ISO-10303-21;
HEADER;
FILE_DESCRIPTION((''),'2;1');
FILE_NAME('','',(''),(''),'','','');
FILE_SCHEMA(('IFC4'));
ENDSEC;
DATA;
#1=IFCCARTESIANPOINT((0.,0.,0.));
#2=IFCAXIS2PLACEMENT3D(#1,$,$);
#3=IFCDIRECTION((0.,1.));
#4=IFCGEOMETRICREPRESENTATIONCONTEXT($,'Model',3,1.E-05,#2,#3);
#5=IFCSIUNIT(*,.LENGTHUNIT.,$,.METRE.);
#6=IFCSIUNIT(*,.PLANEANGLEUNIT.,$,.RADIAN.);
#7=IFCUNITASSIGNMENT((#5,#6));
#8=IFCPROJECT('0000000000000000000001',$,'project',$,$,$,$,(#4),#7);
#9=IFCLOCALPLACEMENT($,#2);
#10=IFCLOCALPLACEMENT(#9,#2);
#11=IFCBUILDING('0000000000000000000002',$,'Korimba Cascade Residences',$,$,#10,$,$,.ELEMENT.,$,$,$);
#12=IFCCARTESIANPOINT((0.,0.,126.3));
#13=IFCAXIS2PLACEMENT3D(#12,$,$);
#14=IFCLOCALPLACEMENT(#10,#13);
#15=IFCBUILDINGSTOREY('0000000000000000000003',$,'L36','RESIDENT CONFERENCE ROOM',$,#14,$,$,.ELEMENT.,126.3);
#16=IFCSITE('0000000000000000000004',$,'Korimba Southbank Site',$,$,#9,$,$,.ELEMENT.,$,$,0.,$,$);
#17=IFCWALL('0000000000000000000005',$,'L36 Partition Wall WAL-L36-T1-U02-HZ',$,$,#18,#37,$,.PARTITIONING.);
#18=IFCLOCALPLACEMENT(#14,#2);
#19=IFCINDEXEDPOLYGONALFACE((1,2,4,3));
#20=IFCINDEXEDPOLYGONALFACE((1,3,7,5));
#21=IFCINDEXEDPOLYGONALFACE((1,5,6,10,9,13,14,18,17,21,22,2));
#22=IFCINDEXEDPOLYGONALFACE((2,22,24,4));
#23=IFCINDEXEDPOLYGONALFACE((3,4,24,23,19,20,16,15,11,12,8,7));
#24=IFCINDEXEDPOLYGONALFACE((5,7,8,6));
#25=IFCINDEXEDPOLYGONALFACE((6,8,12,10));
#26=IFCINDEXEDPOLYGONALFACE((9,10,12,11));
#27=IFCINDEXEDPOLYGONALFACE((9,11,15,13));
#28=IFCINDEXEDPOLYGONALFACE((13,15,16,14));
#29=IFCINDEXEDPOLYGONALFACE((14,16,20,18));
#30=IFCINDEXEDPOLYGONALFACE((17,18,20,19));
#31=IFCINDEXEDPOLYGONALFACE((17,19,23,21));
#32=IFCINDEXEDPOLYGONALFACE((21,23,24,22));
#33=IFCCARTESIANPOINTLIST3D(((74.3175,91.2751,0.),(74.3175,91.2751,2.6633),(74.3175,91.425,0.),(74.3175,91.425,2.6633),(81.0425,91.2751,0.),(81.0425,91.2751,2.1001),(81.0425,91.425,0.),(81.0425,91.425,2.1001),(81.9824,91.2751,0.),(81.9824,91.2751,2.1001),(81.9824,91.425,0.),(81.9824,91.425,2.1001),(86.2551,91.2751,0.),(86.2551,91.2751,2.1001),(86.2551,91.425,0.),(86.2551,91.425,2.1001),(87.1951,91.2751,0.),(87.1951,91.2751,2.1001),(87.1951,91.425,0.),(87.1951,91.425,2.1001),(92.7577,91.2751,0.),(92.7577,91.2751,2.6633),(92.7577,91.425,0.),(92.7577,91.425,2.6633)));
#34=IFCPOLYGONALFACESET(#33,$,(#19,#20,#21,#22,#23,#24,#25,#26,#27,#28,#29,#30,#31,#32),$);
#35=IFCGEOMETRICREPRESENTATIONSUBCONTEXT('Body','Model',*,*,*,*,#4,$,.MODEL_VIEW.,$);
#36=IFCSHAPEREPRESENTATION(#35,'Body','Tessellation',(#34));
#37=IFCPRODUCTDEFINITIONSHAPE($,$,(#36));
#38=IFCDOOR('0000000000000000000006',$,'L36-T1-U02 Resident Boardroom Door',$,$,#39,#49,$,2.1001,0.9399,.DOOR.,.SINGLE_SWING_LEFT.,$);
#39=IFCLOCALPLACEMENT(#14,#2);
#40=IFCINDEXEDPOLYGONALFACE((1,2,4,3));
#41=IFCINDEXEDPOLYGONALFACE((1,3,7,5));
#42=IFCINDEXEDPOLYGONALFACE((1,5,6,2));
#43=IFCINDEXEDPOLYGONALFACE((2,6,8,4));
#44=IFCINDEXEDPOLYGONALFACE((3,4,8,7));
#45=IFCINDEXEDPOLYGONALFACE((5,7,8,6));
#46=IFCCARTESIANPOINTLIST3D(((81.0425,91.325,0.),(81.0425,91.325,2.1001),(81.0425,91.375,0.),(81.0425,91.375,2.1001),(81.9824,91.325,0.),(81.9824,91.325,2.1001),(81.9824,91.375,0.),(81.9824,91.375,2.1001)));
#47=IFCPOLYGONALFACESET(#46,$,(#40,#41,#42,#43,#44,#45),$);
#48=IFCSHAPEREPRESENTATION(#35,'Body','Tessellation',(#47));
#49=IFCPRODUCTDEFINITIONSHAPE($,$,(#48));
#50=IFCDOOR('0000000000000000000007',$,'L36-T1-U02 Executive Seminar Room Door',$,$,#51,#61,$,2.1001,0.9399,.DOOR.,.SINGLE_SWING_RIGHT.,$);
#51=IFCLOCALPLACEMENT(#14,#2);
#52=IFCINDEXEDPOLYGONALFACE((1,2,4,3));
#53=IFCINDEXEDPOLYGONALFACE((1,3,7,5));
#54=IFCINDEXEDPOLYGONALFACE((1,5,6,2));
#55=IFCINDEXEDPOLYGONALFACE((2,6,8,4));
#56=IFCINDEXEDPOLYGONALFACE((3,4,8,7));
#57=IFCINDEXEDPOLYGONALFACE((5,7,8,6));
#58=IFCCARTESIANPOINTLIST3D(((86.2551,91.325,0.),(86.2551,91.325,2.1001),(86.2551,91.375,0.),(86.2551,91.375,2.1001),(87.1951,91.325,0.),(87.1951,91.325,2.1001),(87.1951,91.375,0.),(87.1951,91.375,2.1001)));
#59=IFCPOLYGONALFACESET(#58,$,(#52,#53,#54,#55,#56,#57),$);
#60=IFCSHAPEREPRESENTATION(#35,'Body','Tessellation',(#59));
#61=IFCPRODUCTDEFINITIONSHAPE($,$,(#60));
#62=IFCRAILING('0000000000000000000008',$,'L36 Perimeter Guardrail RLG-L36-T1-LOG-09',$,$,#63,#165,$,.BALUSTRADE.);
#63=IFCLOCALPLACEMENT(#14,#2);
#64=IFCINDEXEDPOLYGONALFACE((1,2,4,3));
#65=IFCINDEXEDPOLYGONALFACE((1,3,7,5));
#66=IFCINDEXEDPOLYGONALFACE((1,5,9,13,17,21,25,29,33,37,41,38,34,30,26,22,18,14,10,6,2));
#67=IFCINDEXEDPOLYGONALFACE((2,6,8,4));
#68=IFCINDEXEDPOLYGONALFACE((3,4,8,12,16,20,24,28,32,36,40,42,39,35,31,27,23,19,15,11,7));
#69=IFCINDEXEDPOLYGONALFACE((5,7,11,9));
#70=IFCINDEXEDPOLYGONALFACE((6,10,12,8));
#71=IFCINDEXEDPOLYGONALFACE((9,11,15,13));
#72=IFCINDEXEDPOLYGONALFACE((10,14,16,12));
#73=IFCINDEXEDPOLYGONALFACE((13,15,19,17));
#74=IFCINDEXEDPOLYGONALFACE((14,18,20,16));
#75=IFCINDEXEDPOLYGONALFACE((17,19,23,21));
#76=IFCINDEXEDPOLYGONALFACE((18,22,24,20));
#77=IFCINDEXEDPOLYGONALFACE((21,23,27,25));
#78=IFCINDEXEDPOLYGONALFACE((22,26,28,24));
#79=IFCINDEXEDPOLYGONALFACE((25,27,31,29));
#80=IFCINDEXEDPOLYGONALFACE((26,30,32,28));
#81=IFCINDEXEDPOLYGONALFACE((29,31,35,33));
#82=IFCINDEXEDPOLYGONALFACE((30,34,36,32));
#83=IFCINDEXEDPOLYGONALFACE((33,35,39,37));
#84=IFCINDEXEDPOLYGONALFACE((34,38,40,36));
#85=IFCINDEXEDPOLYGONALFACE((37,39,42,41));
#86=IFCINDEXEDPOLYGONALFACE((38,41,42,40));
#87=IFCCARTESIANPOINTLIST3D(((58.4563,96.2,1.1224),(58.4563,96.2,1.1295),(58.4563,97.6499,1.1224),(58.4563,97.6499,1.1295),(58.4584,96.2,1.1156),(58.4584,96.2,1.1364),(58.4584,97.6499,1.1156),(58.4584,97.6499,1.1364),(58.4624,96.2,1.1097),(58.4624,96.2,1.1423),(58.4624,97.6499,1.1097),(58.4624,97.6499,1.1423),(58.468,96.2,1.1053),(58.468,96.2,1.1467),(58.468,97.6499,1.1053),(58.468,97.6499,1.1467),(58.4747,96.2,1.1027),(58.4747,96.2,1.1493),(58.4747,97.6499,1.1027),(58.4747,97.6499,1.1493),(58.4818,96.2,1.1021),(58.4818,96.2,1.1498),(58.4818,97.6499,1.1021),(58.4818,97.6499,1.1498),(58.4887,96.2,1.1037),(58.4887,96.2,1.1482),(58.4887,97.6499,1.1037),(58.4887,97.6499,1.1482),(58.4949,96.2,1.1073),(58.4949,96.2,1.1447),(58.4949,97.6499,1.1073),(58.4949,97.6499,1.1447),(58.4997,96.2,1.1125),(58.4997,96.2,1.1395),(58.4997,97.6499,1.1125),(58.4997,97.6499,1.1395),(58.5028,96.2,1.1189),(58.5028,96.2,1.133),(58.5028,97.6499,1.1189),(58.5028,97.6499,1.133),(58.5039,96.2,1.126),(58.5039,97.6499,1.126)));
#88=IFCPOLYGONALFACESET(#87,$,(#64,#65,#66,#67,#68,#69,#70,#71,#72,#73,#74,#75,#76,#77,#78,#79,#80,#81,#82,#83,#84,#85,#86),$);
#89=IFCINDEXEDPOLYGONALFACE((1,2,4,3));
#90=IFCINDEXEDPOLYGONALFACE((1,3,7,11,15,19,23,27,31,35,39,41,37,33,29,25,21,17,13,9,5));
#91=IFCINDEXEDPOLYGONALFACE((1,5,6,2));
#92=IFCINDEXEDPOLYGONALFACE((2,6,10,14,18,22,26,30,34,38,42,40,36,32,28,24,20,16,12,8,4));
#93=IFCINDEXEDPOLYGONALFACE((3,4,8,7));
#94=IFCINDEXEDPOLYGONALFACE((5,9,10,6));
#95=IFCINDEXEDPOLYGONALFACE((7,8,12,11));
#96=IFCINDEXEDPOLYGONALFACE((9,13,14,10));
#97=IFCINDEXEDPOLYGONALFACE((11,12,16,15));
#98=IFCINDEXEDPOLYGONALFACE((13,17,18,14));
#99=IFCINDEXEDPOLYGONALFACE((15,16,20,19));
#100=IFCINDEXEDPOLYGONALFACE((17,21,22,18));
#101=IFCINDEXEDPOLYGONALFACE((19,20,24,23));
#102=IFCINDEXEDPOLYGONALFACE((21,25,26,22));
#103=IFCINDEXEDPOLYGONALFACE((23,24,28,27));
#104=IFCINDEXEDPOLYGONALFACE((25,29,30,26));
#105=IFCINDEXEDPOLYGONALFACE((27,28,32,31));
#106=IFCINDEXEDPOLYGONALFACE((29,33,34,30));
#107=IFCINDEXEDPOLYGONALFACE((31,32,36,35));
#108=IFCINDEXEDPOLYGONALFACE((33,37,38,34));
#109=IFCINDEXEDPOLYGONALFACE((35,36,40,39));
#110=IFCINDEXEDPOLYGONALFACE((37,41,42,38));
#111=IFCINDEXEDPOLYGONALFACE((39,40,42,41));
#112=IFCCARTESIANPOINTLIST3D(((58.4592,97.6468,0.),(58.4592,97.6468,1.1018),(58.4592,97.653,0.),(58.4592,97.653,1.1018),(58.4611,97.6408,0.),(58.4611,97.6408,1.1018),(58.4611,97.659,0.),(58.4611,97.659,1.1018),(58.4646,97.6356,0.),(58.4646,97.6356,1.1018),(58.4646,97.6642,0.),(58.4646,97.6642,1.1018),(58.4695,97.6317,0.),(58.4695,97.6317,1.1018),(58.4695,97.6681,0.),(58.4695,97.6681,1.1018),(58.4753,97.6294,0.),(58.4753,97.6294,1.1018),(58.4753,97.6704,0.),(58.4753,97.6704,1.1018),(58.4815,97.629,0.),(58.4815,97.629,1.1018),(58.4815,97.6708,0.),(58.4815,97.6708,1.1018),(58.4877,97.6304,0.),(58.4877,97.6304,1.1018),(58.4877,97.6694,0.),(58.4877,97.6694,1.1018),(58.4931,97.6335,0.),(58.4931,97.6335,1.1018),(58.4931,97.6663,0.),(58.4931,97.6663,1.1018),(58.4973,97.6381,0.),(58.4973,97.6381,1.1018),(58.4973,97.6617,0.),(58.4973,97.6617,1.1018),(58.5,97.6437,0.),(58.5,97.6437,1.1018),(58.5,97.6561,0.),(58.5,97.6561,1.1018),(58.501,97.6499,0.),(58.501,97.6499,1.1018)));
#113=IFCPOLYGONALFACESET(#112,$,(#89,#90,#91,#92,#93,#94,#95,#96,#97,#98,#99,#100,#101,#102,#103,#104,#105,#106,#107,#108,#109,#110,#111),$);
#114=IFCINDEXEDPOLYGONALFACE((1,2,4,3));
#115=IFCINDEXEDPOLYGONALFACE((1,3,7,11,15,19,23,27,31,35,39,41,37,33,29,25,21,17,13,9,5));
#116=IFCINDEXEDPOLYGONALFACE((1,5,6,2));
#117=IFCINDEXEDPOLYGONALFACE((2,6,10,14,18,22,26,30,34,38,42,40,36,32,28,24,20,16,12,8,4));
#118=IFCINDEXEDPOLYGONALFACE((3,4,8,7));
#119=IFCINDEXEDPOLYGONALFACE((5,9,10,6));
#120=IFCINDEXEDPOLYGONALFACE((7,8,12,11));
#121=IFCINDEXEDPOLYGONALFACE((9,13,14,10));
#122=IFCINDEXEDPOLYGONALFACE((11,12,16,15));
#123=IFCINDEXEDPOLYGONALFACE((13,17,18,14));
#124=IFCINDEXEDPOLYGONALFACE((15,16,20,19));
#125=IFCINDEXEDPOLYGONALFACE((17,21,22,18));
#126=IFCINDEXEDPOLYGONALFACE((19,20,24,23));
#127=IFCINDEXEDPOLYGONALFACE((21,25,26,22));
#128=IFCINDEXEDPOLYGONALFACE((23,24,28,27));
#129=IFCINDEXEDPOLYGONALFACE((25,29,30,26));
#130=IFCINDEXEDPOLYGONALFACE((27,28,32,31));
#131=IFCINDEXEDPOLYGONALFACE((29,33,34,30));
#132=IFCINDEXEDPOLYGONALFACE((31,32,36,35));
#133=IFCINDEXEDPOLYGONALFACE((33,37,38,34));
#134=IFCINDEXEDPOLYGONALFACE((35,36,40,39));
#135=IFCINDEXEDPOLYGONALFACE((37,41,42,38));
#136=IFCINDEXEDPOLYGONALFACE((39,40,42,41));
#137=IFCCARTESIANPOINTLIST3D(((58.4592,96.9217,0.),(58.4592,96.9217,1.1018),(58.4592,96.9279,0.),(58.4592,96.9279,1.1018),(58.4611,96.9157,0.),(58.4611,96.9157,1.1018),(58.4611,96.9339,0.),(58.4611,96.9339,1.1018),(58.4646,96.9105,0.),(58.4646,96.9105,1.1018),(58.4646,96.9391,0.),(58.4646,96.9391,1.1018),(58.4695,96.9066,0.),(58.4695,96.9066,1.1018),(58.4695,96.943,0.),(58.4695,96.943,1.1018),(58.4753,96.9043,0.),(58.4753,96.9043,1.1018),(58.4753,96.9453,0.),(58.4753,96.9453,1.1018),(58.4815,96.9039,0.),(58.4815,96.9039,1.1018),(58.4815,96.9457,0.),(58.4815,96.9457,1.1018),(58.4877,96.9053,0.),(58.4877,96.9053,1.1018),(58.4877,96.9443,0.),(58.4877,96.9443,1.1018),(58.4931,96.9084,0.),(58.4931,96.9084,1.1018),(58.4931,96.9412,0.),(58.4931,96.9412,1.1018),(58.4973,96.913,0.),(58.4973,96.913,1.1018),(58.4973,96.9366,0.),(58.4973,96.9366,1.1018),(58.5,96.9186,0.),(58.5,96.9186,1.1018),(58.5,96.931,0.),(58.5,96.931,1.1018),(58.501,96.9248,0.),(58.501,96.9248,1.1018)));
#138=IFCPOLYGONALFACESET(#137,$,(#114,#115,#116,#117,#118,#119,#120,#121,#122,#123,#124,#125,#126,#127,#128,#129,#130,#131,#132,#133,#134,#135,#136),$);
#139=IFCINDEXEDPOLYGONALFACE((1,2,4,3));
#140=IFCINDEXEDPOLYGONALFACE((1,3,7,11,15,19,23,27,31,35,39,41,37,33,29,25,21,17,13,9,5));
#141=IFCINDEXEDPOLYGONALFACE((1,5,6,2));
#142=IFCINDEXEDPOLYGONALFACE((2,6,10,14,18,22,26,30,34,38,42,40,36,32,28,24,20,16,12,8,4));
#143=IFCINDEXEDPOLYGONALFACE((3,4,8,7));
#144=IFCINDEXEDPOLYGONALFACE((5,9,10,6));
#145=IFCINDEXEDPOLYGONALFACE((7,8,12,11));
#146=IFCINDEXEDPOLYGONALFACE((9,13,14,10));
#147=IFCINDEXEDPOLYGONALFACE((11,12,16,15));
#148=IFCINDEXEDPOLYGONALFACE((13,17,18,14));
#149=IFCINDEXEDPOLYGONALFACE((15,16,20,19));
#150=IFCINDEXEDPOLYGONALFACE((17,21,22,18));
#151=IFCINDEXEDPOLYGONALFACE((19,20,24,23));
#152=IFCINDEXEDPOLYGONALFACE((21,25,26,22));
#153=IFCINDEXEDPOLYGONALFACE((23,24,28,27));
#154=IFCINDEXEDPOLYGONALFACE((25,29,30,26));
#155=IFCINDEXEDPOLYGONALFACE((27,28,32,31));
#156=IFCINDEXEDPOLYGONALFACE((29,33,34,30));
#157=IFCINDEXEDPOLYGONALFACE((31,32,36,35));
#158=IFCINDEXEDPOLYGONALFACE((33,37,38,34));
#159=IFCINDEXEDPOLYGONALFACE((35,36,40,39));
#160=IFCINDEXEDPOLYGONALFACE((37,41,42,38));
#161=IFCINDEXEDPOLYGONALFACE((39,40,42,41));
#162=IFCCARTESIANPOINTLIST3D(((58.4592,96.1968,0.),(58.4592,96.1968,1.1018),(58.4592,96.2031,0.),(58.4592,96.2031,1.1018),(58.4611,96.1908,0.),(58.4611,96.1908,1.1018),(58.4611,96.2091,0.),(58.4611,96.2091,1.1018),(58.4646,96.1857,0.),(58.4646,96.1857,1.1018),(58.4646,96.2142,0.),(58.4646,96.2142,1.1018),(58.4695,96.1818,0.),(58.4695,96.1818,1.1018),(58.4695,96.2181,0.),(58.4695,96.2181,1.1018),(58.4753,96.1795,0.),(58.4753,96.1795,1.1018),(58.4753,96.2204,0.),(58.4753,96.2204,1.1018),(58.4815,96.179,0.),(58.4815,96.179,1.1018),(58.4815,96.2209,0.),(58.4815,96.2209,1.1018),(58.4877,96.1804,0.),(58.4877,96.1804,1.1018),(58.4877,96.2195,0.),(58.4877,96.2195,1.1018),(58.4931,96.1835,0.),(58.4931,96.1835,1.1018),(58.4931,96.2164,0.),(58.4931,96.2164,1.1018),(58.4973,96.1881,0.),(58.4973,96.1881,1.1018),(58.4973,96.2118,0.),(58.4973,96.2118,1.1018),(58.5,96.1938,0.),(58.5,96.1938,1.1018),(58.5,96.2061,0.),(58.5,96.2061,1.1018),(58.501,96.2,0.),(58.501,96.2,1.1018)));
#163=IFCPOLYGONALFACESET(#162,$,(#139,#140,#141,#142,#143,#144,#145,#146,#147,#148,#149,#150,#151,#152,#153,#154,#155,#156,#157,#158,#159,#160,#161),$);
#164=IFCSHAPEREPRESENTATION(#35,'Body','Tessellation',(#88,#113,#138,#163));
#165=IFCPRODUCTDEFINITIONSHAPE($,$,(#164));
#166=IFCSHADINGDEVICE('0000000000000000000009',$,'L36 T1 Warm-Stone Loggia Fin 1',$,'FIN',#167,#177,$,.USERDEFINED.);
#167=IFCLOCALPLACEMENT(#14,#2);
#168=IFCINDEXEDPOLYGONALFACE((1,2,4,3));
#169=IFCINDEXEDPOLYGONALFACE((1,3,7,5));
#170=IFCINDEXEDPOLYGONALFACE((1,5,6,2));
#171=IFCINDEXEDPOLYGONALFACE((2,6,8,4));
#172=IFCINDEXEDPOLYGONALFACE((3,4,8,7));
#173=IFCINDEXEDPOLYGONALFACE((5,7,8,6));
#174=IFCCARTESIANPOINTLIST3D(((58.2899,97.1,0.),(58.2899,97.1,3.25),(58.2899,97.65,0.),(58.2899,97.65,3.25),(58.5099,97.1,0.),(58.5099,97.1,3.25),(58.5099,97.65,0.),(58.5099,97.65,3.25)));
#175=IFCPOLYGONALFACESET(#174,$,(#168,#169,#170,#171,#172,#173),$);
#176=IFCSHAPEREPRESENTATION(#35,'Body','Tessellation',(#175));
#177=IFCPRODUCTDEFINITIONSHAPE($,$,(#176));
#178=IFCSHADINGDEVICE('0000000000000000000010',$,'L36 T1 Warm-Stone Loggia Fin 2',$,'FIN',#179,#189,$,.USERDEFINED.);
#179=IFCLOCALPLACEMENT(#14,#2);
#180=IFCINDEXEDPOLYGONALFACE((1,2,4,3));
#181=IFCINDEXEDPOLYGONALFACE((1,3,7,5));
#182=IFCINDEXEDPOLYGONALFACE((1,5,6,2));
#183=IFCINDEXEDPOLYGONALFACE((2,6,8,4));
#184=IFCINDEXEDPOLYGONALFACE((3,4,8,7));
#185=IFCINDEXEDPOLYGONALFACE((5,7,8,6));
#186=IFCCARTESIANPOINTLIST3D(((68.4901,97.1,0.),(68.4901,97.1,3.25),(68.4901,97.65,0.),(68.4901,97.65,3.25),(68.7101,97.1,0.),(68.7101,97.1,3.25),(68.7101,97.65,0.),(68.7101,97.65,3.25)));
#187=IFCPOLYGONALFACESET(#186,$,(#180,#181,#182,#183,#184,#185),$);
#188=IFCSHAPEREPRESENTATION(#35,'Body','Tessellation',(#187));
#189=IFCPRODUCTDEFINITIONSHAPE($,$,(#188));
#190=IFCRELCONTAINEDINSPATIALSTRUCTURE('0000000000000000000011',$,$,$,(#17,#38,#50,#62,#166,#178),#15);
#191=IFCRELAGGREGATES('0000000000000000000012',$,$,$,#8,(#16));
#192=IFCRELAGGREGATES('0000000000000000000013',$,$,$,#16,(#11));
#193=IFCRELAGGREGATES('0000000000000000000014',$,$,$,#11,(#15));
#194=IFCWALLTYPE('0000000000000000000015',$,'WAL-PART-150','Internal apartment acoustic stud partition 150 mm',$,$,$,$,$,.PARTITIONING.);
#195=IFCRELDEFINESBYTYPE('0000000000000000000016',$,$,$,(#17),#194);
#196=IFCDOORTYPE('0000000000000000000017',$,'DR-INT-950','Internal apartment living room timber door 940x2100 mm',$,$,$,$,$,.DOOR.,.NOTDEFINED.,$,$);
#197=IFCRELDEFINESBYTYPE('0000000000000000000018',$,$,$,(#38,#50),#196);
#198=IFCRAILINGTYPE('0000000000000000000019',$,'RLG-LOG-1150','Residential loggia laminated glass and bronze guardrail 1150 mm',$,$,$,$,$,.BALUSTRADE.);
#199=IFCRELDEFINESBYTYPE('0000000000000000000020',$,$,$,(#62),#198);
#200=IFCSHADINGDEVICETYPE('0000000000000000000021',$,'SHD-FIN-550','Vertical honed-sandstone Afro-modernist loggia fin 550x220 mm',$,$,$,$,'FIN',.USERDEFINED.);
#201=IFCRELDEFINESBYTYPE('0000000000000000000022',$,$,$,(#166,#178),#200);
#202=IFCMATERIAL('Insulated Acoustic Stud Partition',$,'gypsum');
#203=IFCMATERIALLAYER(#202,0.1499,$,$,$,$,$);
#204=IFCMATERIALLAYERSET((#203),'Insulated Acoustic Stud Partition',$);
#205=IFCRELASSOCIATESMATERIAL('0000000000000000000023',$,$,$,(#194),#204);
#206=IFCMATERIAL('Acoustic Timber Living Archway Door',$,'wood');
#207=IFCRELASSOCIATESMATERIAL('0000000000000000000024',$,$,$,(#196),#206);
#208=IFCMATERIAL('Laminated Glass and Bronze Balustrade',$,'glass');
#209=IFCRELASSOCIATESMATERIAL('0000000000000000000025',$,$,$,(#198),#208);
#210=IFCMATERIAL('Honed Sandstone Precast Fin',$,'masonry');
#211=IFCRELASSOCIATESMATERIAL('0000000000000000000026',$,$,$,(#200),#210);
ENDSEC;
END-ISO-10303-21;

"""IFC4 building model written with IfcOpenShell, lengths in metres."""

from ifc_helpers import new_model, si_unit, direction, frame, frame_2d, origin, origin_2d, place, context, subcontext, project, spatial, rectangle, circle, extrude, material, layer, layer_set, type_object, element, fill, save


model = new_model("IFC4")

# Units and contexts
model_context = context("Model", 3, precision=1e-05, world=origin(), true_north=direction((0.0, 1.0)))
body_context = subcontext(model_context, "Body", "Model", "MODEL_VIEW")
ifc_project = project(units=[si_unit("LENGTHUNIT", "METRE"), si_unit("PLANEANGLEUNIT", "RADIAN")], contexts=[model_context])

# Site, building, storey
site_placement = place(None, origin())
site = spatial("IfcSite", under=ifc_project, at=site_placement, Name="Korimba Southbank Site", CompositionType="ELEMENT", RefElevation=0.0)
building_placement = place(site_placement, origin())
building = spatial("IfcBuilding", under=site, at=building_placement, Name="Korimba Cascade Residences", CompositionType="ELEMENT")
storey_placement = place(building_placement, frame((0.0, 0.0, 126.3)))
storey = spatial("IfcBuildingStorey", under=building, at=storey_placement, Name="L36", Description="RESIDENT CONFERENCE ROOM", CompositionType="ELEMENT", Elevation=126.3)

# Shared definitions
ifc_material_1 = material(Name="Insulated Acoustic Stud Partition", Category="gypsum")
ifc_layer_1 = layer(ifc_material_1, 0.1499)
ifc_layer_set_1 = layer_set([ifc_layer_1], Name="Insulated Acoustic Stud Partition")
wall_type_1 = type_object("IfcWallType", Name="WAL-PART-150", Description="Internal apartment acoustic stud partition 150 mm", PredefinedType="PARTITIONING", material=ifc_layer_set_1)

# Wall, openings, doors
ifc_material_2 = material(Name="Acoustic Timber Living Archway Door", Category="wood")
door_type = type_object("IfcDoorType", Name="DR-INT-950", Description="Internal apartment living room timber door 940x2100 mm", OperationType="NOTDEFINED", PredefinedType="DOOR", material=ifc_material_2)
wall_1_placement = place(storey_placement, frame((74.3174, 91.3501, 0.0), z_axis=(0.0, 0.0, 1.0), x_axis=(1.0, 0.0, 0.0)))
wall_1 = element("IfcWall", 1, at=wall_1_placement, inside=storey, type_object=wall_type_1, Name="L36 Partition Wall WAL-L36-T1-U02-HZ", PredefinedType="PARTITIONING", context=body_context, shape_type="SweptSolid", body=[
    extrude(rectangle(XDim=18.4402, YDim=0.1499, at=frame_2d((9.2202, 0.0))), origin(), (0.0, 0.0, 1.0), 2.6633),
])
opening_1_placement = place(wall_1_placement, frame((6.7251, 0.0, 0.0)))
opening_1 = element("IfcOpeningElement", 2, at=opening_1_placement, cuts=wall_1, PredefinedType="OPENING", context=body_context, shape_type="SweptSolid", body=[
    extrude(rectangle(XDim=0.9399, YDim=2.1001, at=frame_2d((0.47, 1.05))), frame((0.0, 0.085, 0.0), z_axis=(0.0, -1.0, 0.0), x_axis=(1.0, 0.0, 0.0)), (0.0, 0.0, 1.0), 0.1699),
])
opening_2_placement = place(wall_1_placement, frame((11.9377, 0.0, 0.0)))
opening_2 = element("IfcOpeningElement", 3, at=opening_2_placement, cuts=wall_1, PredefinedType="OPENING", context=body_context, shape_type="SweptSolid", body=[
    extrude(rectangle(XDim=0.9399, YDim=2.1001, at=frame_2d((0.47, 1.05))), frame((0.0, 0.085, 0.0), z_axis=(0.0, -1.0, 0.0), x_axis=(1.0, 0.0, 0.0)), (0.0, 0.0, 1.0), 0.1699),
])
door_1_placement = place(opening_1_placement, origin())
door_1 = element("IfcDoor", 4, at=door_1_placement, inside=storey, type_object=door_type, Name="L36-T1-U02 Resident Boardroom Door", OperationType="SINGLE_SWING_LEFT", OverallHeight=2.1001, OverallWidth=0.9399, PredefinedType="DOOR", context=body_context, shape_type="SweptSolid", body=[
    extrude(rectangle(XDim=0.9399, YDim=2.1001, at=frame_2d((0.47, 1.05))), frame((0.0, 0.0249, 0.0), z_axis=(0.0, -1.0, 0.0), x_axis=(1.0, 0.0, 0.0)), (0.0, 0.0, 1.0), 0.05),
])
fill(opening_1, door_1)
door_2_placement = place(opening_2_placement, origin())
door_2 = element("IfcDoor", 5, at=door_2_placement, inside=storey, type_object=door_type, Name="L36-T1-U02 Executive Seminar Room Door", OperationType="SINGLE_SWING_RIGHT", OverallHeight=2.1001, OverallWidth=0.9399, PredefinedType="DOOR", context=body_context, shape_type="SweptSolid", body=[
    extrude(rectangle(XDim=0.9399, YDim=2.1001, at=frame_2d((0.47, 1.05))), frame((0.0, 0.0249, 0.0), z_axis=(0.0, -1.0, 0.0), x_axis=(1.0, 0.0, 0.0)), (0.0, 0.0, 1.0), 0.05),
])
fill(opening_2, door_2)

# Railing
ifc_material_3 = material(Name="Laminated Glass and Bronze Balustrade", Category="glass")
railing_type = type_object("IfcRailingType", Name="RLG-LOG-1150", Description="Residential loggia laminated glass and bronze guardrail 1150 mm", PredefinedType="BALUSTRADE", material=ifc_material_3)
railing_1_placement = place(storey_placement, frame((58.48, 97.6499, 0.0)))
element("IfcRailing", 6, at=railing_1_placement, inside=storey, type_object=railing_type, Name="L36 Perimeter Guardrail RLG-L36-T1-LOG-09", PredefinedType="BALUSTRADE", context=body_context, shape_type="SweptSolid", body=[
    extrude(circle(Radius=0.0239, at=origin_2d()), frame((0.0, 0.0, 1.126), z_axis=(0.0, -1.0, 0.0), x_axis=(1.0, 0.0, 0.0)), (0.0, 0.0, 1.0), 1.45),
    extrude(circle(Radius=0.021, at=origin_2d()), origin(), (0.0, 0.0, 1.0), 1.1018),
    extrude(circle(Radius=0.021, at=origin_2d()), frame((0.0, -0.7251, 0.0)), (0.0, 0.0, 1.0), 1.1018),
    extrude(circle(Radius=0.021, at=origin_2d()), frame((0.0, -1.45, 0.0)), (0.0, 0.0, 1.0), 1.1018),
])

# Shading devices
ifc_material_4 = material(Name="Honed Sandstone Precast Fin", Category="masonry")
shading_device_type = type_object("IfcShadingDeviceType", Name="SHD-FIN-550", Description="Vertical honed-sandstone Afro-modernist loggia fin 550x220 mm", ElementType="FIN", PredefinedType="USERDEFINED", material=ifc_material_4)
for number, where, z_axis, x_axis, name in (
    (7, (58.3999, 97.375, 0.0), (0.0, 0.0, 1.0), (1.0, 0.0, 0.0), "L36 T1 Warm-Stone Loggia Fin 1"),
    (8, (68.6001, 97.375, 0.0), (0.0, 0.0, 1.0), (1.0, 0.0, 0.0), "L36 T1 Warm-Stone Loggia Fin 2"),
):
    element("IfcShadingDevice", number, at=place(storey_placement, frame(where, z_axis=z_axis, x_axis=x_axis)), inside=storey, type_object=shading_device_type, Name=name, ObjectType="FIN", PredefinedType="USERDEFINED", context=body_context, shape_type="SweptSolid", body=[
        extrude(rectangle(XDim=0.22, YDim=0.55, at=origin_2d()), origin(), (0.0, 0.0, 1.0), 3.25),
    ])

save(model, "model.ifc")
